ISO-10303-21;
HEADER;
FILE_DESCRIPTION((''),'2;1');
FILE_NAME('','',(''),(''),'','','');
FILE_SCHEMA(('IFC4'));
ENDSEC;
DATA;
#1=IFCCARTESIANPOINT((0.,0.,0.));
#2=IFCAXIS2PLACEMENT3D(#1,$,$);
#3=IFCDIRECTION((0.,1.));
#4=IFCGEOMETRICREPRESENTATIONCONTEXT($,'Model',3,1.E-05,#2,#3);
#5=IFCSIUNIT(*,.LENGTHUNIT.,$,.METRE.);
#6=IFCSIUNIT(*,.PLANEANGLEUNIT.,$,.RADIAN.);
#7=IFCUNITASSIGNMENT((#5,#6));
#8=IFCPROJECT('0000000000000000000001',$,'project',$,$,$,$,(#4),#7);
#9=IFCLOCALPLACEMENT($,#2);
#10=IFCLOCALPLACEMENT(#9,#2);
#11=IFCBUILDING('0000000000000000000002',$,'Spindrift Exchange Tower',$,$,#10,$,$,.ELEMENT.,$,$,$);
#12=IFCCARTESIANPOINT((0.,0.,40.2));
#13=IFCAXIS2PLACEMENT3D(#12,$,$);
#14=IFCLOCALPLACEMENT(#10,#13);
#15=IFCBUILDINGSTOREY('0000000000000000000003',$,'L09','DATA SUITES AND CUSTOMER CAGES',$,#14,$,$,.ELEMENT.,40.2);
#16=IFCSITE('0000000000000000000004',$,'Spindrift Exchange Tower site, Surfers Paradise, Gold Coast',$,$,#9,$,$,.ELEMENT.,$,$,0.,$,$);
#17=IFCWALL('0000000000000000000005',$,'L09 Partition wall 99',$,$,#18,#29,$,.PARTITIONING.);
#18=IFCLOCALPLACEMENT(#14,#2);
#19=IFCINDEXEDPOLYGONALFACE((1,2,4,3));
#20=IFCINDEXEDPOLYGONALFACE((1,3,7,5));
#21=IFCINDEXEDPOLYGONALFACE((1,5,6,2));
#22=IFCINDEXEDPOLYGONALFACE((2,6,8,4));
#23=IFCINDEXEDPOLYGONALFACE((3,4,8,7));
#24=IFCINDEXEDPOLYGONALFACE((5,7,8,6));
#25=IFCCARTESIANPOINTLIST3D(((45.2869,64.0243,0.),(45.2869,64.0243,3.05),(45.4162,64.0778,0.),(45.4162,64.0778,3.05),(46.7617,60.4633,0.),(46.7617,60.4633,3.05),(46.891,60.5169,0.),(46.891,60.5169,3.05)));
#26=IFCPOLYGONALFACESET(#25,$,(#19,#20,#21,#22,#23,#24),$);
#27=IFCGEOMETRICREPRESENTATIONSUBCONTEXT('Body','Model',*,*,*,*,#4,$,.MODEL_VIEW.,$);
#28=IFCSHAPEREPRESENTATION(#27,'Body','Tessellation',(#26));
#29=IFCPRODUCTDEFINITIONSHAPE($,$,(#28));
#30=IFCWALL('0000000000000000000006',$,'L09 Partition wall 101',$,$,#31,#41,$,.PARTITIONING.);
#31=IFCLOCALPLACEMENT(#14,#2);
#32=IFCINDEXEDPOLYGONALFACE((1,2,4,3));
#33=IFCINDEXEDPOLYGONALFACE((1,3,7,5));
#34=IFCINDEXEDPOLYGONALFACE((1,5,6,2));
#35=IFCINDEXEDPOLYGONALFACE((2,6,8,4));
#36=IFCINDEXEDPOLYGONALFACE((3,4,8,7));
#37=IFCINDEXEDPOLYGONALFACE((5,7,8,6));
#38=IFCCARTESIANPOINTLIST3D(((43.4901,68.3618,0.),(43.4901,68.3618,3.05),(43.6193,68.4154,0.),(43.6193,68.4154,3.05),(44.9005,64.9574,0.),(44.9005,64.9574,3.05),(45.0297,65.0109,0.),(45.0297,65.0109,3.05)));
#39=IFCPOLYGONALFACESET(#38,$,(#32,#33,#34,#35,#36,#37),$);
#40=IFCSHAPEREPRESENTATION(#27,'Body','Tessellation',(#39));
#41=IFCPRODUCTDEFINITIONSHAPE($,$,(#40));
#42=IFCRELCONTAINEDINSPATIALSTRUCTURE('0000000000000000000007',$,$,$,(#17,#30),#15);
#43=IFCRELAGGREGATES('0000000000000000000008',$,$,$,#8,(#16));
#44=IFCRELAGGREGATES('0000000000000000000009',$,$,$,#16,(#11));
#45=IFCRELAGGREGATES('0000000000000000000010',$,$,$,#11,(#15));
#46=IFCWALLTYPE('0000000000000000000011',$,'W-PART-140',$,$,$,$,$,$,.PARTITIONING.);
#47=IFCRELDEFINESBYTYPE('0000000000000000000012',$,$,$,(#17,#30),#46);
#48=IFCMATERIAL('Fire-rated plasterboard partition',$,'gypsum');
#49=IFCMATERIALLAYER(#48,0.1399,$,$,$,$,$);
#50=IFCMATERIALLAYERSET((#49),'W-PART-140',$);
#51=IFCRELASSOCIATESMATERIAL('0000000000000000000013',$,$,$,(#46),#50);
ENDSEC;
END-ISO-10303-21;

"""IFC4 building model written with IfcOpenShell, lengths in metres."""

from ifc_helpers import new_model, si_unit, direction, frame, frame_2d, origin, place, context, subcontext, project, spatial, rectangle, extrude, material, layer, layer_set, type_object, element, save


model = new_model("IFC4")

# Units and contexts
model_context = context("Model", 3, precision=1e-05, world=origin(), true_north=direction((0.0, 1.0)))
body_context = subcontext(model_context, "Body", "Model", "MODEL_VIEW")
ifc_project = project(units=[si_unit("LENGTHUNIT", "METRE"), si_unit("PLANEANGLEUNIT", "RADIAN")], contexts=[model_context])

# Site, building, storey
site_placement = place(None, origin())
site = spatial("IfcSite", under=ifc_project, at=site_placement, Name="Spindrift Exchange Tower site, Surfers Paradise, Gold Coast", CompositionType="ELEMENT", RefElevation=0.0)
building_placement = place(site_placement, origin())
building = spatial("IfcBuilding", under=site, at=building_placement, Name="Spindrift Exchange Tower", CompositionType="ELEMENT")
storey_placement = place(building_placement, frame((0.0, 0.0, 40.2)))
storey = spatial("IfcBuildingStorey", under=building, at=storey_placement, Name="L09", Description="DATA SUITES AND CUSTOMER CAGES", CompositionType="ELEMENT", Elevation=40.2)

# Shared definitions
ifc_material_1 = material(Name="Fire-rated plasterboard partition", Category="gypsum")

# Shared definitions
ifc_layer_1 = layer(ifc_material_1, 0.1399)
ifc_layer_set_1 = layer_set([ifc_layer_1], Name="W-PART-140")
wall_type_1 = type_object("IfcWallType", Name="W-PART-140", PredefinedType="PARTITIONING", material=ifc_layer_set_1)

# Walls
wall_1_placement = place(storey_placement, frame((46.8264, 60.49, 0.0), z_axis=(0.0, 0.0, 1.0), x_axis=(-0.382645, 0.923896, 0.0)))
element("IfcWall", 1, at=wall_1_placement, inside=storey, type_object=wall_type_1, Name="L09 Partition wall 99", PredefinedType="PARTITIONING", context=body_context, shape_type="SweptSolid", body=[
    extrude(rectangle(XDim=3.8542, YDim=0.1399, at=frame_2d((1.9272, 0.0))), origin(), (0.0, 0.0, 1.0), 3.05),
])
wall_2_placement = place(storey_placement, frame((44.9651, 64.9841, 0.0), z_axis=(0.0, 0.0, 1.0), x_axis=(-0.382728, 0.923861, 0.0)))
element("IfcWall", 2, at=wall_2_placement, inside=storey, type_object=wall_type_1, Name="L09 Partition wall 101", PredefinedType="PARTITIONING", context=body_context, shape_type="SweptSolid", body=[
    extrude(rectangle(XDim=3.6851, YDim=0.1399, at=frame_2d((1.8425, 0.0))), origin(), (0.0, 0.0, 1.0), 3.05),
])

save(model, "model.ifc")
